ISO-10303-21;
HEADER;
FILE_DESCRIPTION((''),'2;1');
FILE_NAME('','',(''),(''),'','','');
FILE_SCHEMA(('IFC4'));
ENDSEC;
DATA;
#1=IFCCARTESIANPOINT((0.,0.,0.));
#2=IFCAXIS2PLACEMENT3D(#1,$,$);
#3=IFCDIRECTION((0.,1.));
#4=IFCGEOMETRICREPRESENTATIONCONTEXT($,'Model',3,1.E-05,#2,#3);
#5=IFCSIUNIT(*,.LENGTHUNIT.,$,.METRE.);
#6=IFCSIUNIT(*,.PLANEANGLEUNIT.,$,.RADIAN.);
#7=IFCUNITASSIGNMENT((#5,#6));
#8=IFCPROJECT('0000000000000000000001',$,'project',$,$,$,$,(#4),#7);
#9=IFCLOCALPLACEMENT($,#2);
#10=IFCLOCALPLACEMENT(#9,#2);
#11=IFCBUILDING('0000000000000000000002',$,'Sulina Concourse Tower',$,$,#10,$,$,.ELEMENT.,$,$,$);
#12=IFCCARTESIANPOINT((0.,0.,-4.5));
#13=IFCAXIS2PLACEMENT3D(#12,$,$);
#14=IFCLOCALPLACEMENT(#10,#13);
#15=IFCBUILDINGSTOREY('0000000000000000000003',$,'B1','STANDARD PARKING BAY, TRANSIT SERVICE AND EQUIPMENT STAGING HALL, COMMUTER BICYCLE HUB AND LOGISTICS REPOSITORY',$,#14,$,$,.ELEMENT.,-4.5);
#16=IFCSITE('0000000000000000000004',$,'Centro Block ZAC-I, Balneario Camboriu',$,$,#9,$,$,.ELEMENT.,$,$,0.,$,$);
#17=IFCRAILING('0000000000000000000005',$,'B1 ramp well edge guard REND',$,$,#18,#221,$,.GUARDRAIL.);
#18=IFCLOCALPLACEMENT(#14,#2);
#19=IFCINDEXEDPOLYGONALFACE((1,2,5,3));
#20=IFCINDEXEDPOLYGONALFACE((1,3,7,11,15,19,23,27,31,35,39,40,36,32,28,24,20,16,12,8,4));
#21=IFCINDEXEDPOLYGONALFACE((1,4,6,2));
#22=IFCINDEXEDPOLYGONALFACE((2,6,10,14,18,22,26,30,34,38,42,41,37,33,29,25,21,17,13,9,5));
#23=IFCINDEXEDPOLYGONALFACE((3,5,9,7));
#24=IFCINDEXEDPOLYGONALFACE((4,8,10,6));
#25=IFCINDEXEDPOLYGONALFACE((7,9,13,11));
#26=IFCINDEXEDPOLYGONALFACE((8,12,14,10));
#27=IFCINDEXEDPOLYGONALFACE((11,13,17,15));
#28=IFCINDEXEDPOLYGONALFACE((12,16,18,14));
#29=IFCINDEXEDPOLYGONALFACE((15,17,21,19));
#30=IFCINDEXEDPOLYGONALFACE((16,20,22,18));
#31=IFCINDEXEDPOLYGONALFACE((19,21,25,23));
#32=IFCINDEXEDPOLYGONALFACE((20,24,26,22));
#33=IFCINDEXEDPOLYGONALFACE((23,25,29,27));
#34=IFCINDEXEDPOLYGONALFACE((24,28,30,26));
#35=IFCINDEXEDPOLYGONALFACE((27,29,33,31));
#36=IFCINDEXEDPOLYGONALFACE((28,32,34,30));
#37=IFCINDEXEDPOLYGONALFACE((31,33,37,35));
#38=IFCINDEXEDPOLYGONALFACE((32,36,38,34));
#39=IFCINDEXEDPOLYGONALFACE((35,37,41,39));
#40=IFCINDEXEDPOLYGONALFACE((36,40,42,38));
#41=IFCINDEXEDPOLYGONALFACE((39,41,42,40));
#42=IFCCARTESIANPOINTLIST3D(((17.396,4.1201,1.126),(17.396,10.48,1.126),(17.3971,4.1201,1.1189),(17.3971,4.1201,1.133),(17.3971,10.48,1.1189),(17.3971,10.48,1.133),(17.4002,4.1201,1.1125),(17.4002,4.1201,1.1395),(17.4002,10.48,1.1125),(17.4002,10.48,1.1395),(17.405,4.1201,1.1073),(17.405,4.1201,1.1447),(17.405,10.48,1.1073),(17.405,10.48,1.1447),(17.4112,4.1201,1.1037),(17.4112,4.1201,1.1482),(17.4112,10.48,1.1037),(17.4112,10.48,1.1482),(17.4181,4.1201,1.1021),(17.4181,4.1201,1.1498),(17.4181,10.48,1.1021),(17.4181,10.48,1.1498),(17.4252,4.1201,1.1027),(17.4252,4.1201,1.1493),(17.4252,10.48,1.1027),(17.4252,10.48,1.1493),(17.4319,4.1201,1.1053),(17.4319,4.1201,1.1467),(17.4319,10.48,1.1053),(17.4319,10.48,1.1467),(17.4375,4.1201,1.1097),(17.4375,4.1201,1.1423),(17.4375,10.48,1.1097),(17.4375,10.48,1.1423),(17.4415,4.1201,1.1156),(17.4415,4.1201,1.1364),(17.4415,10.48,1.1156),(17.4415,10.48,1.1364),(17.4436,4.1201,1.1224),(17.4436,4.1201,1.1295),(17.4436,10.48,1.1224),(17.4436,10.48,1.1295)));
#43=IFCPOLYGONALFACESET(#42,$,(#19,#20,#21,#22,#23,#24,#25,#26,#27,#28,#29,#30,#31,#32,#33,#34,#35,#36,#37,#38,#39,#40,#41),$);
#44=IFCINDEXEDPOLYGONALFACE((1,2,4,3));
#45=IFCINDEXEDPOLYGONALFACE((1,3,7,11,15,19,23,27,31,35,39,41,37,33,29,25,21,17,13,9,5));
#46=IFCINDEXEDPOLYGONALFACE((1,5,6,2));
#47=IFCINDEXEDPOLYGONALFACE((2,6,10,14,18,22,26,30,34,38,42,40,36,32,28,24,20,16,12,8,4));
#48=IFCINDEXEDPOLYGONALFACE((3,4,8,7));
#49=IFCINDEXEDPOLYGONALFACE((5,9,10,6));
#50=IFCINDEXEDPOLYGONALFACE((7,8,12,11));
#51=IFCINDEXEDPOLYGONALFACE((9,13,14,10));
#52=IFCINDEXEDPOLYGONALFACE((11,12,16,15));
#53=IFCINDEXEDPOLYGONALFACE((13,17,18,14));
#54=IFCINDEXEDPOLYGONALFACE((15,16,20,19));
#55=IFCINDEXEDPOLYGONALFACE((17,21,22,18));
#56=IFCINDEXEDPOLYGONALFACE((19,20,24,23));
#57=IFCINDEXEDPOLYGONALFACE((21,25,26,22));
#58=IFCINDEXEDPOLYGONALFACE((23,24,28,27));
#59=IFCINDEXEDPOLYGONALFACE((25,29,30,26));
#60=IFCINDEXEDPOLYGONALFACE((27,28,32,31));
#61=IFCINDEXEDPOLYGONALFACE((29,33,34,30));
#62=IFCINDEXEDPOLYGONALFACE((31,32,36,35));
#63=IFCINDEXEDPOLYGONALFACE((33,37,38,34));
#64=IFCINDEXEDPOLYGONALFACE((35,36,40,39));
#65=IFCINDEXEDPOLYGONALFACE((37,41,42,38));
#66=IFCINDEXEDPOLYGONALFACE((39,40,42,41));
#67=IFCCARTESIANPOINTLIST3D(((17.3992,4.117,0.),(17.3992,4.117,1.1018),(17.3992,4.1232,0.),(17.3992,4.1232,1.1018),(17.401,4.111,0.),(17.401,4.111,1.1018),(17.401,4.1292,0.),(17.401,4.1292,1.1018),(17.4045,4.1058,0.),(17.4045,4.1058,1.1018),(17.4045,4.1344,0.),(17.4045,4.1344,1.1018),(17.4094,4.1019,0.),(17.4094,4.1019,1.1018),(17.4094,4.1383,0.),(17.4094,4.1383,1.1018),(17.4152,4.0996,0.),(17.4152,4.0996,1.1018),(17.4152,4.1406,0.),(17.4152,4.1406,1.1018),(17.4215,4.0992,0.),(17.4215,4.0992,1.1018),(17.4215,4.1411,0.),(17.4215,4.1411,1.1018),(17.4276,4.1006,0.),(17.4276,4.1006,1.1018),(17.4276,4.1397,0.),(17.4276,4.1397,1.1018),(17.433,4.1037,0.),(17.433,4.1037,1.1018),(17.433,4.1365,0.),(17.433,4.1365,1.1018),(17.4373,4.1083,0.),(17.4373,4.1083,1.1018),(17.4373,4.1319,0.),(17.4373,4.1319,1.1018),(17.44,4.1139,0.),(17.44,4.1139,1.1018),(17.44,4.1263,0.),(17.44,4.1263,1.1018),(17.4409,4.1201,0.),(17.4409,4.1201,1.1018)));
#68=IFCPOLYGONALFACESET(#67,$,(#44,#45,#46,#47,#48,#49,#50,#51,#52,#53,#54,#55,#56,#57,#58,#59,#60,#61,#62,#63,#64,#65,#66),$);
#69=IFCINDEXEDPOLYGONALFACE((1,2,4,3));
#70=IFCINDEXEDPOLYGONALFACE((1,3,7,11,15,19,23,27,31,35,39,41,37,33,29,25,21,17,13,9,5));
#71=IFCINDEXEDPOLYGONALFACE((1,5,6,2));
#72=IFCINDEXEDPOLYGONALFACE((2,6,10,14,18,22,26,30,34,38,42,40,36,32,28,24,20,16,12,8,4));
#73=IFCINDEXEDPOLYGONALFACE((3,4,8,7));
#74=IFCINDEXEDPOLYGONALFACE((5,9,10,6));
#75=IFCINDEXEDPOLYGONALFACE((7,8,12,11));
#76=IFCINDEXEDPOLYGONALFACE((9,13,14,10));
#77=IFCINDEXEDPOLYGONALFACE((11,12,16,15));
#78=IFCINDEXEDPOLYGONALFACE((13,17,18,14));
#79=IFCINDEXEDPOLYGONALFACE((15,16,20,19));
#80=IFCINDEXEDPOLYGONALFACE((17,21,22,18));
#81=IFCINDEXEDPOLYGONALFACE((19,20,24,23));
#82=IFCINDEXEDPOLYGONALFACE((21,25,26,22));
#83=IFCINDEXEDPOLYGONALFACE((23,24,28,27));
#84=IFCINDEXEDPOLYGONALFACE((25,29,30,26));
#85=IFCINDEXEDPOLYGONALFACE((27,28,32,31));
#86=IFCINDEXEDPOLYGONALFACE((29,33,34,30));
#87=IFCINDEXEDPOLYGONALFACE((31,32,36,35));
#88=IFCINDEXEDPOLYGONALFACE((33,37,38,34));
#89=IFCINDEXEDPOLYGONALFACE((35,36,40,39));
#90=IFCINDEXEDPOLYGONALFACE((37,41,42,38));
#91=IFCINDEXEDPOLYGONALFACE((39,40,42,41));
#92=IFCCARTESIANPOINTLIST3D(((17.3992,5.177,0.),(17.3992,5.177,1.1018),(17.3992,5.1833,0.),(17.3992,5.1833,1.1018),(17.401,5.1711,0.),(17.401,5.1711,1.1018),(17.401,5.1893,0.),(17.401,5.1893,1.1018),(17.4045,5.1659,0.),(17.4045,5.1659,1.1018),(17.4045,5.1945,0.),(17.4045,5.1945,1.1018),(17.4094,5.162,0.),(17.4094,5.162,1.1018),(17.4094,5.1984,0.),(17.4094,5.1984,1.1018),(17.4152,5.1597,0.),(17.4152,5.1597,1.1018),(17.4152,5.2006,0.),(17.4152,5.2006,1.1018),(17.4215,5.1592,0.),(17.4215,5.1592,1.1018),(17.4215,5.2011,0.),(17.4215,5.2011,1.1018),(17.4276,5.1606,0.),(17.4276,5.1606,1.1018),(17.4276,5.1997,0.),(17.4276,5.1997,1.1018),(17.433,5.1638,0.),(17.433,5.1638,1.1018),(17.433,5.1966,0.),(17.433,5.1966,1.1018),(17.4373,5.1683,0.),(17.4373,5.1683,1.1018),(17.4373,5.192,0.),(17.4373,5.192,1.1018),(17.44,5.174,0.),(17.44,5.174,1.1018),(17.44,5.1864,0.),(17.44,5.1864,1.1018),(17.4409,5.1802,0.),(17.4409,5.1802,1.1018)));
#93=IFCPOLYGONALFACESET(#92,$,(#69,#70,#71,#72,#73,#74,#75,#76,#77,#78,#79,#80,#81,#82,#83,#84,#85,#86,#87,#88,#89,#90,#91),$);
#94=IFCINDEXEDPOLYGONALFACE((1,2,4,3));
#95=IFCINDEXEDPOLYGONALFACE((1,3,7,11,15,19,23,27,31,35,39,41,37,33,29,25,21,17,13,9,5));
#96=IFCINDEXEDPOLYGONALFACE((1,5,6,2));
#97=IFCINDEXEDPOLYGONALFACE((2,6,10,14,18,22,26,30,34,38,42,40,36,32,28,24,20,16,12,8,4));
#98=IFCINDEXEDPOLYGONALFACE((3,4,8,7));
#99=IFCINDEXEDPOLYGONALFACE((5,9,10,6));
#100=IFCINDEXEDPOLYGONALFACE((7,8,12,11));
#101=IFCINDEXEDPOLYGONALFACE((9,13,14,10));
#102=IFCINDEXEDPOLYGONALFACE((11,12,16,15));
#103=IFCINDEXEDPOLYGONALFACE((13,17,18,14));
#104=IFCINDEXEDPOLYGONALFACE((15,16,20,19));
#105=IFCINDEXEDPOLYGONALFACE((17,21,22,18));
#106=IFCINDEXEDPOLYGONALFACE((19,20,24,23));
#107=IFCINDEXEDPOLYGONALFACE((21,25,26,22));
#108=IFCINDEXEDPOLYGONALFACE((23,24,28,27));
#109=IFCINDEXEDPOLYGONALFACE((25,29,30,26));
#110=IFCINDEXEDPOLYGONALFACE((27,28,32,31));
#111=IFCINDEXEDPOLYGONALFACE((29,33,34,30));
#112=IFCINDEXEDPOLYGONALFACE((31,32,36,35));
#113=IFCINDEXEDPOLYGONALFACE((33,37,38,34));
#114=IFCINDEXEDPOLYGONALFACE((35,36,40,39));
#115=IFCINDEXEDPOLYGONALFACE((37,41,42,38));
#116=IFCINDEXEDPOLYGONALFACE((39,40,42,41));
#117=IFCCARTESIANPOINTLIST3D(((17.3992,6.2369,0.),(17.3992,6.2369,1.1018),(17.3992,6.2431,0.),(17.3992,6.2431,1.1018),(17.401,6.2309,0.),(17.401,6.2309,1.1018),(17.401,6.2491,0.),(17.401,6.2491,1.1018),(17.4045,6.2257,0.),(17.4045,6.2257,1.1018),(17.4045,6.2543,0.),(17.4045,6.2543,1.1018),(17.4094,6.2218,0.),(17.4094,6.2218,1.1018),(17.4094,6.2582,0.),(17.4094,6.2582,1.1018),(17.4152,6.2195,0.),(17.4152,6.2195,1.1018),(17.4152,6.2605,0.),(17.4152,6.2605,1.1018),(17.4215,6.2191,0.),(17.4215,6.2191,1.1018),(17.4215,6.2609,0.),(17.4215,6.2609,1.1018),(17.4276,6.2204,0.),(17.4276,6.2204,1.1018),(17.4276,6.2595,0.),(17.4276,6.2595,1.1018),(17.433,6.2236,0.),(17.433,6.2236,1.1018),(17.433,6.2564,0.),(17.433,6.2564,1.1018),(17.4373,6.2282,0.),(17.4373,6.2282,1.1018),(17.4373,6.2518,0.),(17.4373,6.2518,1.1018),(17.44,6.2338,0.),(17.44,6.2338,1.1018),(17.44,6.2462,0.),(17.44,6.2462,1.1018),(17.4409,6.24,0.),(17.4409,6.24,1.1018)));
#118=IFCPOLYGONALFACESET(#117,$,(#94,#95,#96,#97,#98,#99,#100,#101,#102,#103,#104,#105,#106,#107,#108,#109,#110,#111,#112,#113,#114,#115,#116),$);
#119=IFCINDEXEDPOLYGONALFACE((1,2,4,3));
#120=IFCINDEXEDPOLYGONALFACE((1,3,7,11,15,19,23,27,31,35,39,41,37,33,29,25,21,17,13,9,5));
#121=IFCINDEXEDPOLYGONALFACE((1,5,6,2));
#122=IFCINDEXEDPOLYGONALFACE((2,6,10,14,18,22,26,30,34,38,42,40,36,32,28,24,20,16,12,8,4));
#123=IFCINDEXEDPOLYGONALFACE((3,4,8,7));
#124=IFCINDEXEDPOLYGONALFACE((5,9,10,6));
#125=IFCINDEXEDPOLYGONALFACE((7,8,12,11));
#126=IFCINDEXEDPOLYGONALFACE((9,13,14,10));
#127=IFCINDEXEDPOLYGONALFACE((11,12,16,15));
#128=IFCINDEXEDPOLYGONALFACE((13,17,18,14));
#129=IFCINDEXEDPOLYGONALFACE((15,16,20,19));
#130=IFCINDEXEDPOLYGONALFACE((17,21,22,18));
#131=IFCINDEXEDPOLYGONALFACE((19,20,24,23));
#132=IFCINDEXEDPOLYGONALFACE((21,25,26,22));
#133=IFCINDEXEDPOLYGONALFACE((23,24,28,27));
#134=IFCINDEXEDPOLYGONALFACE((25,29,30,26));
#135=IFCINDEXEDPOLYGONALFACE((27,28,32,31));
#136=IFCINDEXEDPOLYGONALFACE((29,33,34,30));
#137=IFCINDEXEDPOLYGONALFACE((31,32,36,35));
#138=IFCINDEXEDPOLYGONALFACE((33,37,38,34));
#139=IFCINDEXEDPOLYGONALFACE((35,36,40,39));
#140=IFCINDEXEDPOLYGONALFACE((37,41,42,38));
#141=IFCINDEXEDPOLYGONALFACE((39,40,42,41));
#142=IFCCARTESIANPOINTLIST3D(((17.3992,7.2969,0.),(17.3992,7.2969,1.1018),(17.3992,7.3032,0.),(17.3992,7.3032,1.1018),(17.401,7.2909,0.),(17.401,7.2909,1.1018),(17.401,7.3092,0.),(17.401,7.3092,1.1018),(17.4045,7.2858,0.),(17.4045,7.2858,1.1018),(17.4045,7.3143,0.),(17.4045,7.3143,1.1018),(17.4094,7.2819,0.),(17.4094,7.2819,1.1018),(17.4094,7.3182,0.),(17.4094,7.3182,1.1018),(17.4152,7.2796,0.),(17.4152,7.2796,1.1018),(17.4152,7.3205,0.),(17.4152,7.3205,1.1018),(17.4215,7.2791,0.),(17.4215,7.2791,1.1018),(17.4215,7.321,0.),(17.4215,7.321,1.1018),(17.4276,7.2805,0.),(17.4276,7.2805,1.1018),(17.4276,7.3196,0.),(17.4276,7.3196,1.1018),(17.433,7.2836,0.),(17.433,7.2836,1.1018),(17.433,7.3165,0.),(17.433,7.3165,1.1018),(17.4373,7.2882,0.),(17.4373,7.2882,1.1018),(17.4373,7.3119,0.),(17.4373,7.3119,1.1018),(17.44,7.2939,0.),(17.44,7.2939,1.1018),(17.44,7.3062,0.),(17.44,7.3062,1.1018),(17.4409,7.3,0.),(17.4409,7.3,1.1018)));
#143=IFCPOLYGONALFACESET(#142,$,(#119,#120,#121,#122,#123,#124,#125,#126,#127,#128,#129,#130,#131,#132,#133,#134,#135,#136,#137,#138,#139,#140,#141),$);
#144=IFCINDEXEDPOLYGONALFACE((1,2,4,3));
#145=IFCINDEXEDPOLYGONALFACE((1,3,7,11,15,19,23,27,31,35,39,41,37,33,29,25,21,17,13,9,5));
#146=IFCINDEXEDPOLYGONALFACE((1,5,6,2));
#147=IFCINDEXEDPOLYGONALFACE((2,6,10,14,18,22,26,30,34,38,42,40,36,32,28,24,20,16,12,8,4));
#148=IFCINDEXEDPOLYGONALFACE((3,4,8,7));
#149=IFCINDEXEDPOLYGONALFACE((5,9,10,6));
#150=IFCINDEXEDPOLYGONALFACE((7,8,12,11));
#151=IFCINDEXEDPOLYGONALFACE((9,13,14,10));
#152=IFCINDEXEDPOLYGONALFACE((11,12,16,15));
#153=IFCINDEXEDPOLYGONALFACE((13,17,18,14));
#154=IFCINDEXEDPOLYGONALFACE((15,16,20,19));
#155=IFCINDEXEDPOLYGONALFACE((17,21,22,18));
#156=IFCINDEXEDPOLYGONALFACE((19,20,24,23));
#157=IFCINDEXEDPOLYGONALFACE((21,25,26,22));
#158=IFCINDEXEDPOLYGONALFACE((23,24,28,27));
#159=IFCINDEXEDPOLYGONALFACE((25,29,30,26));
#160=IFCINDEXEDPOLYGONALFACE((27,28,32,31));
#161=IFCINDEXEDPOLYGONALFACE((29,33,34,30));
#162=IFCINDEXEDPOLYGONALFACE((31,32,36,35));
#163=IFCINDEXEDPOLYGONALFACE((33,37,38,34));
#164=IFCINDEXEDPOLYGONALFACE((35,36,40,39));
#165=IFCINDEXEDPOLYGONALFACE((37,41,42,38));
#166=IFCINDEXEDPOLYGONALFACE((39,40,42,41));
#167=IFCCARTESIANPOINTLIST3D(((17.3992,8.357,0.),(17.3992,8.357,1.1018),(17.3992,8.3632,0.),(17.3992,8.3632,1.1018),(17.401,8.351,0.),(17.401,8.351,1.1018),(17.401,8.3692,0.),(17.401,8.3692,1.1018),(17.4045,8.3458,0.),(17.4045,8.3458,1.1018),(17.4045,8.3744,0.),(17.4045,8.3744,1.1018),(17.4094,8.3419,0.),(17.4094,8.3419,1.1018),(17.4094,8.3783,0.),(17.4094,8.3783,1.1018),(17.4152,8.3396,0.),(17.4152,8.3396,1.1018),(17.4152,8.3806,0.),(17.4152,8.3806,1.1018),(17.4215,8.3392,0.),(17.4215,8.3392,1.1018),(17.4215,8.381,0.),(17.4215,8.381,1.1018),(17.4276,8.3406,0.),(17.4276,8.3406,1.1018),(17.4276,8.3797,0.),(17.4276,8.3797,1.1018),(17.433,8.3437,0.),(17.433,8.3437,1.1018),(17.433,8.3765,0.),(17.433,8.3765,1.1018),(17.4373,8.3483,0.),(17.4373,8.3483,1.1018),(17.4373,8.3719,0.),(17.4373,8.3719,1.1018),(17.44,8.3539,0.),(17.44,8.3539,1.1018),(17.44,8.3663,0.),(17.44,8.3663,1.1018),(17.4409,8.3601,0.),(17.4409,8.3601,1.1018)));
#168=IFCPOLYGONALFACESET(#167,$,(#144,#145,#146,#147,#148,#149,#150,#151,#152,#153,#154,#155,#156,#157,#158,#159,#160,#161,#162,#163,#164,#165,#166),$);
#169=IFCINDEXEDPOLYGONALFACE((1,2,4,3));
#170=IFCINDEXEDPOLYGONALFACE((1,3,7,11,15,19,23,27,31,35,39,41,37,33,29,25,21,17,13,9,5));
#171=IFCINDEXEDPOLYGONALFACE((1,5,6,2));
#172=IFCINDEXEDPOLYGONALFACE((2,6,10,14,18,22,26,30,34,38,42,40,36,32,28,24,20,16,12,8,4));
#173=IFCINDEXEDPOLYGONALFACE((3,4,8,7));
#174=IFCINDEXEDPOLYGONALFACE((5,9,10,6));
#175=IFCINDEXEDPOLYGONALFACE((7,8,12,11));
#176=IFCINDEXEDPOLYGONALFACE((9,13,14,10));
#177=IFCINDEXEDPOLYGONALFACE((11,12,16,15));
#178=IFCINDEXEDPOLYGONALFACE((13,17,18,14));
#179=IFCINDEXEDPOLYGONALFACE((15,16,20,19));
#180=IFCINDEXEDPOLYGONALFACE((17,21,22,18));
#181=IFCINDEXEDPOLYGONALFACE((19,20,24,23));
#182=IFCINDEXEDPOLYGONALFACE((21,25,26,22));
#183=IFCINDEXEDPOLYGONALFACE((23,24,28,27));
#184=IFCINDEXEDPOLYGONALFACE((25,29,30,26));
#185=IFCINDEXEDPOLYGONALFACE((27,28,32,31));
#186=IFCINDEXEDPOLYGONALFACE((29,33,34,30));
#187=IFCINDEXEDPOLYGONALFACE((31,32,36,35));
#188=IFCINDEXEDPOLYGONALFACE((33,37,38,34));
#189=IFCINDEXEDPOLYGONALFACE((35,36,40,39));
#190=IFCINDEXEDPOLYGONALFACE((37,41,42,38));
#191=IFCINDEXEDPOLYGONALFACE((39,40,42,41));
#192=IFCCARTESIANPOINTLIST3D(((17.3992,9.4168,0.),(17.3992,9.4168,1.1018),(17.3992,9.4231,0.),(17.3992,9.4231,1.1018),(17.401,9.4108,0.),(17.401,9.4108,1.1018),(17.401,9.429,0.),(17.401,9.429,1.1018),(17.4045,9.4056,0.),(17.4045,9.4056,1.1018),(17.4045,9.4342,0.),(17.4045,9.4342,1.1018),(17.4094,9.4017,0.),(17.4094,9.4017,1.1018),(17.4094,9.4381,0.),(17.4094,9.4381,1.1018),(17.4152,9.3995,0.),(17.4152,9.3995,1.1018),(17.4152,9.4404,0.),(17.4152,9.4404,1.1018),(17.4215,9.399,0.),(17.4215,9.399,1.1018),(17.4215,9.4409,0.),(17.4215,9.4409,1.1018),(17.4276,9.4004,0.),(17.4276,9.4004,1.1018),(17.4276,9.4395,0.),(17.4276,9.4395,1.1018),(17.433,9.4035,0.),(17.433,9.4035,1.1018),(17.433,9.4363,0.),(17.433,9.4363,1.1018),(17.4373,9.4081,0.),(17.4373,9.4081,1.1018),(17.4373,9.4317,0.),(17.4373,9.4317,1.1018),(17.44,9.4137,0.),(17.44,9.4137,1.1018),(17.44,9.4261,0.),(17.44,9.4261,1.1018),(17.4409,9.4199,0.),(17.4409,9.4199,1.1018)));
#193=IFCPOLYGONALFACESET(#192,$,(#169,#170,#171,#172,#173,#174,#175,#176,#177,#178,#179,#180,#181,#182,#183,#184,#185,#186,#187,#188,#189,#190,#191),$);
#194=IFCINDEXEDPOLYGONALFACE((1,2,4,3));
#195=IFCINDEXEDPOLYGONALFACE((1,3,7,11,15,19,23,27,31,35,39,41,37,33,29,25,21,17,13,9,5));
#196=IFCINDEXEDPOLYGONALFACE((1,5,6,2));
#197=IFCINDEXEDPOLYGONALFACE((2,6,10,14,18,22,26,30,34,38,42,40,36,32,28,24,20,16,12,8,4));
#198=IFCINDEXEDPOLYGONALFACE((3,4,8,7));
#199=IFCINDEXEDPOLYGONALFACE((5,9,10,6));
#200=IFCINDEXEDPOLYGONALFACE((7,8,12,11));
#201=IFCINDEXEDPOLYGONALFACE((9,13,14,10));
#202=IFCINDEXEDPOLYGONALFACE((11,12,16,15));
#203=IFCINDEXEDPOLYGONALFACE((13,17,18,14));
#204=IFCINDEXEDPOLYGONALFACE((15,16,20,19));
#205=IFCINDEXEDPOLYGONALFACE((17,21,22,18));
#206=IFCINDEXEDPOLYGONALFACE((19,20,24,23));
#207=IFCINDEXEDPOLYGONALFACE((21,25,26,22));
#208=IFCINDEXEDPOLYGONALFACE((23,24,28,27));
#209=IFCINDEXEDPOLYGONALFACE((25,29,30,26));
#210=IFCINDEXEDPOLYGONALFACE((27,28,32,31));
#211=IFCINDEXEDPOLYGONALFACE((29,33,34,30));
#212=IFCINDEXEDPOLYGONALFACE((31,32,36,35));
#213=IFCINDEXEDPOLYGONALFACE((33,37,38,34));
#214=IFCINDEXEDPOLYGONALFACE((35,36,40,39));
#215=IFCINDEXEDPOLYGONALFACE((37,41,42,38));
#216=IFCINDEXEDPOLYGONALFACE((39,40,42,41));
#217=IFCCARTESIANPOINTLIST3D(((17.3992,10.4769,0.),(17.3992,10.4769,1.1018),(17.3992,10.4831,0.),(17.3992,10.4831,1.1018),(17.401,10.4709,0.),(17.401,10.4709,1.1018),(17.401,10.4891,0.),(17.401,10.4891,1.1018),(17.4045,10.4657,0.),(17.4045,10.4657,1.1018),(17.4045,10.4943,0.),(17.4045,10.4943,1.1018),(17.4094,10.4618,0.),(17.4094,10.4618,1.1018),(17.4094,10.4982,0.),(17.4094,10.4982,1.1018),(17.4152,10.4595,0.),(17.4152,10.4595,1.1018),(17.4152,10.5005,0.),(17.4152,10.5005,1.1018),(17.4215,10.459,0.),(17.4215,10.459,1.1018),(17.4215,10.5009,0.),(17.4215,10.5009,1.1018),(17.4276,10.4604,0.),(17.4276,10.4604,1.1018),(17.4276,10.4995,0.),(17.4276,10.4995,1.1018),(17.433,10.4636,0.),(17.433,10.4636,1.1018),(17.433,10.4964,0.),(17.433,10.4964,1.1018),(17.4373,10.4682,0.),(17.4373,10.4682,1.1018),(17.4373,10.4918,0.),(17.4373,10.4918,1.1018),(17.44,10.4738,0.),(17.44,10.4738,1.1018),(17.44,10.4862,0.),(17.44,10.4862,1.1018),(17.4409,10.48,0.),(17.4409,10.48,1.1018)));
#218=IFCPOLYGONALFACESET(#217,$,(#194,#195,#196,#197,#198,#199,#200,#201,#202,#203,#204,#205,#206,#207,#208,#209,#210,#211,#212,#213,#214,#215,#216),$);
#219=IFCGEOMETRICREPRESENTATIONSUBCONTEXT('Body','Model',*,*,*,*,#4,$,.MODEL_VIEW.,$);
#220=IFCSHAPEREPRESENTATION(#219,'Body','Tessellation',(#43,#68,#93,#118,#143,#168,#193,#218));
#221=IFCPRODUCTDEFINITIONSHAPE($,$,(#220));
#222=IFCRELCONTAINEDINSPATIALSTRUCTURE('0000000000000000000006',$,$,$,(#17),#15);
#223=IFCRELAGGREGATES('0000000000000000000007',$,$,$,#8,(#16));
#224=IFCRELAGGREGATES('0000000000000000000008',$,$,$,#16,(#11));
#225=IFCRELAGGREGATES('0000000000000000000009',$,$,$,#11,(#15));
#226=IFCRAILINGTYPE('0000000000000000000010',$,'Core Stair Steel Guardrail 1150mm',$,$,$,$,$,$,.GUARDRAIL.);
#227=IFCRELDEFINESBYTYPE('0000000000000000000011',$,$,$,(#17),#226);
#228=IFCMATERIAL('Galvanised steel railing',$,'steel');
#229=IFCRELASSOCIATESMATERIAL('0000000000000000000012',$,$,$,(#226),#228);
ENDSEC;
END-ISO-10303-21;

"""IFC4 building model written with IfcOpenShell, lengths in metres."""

from ifc_helpers import new_model, si_unit, direction, frame, origin, origin_2d, place, context, subcontext, project, spatial, circle, extrude, material, type_object, element, save


model = new_model("IFC4")

# Units and contexts
model_context = context("Model", 3, precision=1e-05, world=origin(), true_north=direction((0.0, 1.0)))
body_context = subcontext(model_context, "Body", "Model", "MODEL_VIEW")
ifc_project = project(units=[si_unit("LENGTHUNIT", "METRE"), si_unit("PLANEANGLEUNIT", "RADIAN")], contexts=[model_context])

# Site, building, storey
site_placement = place(None, origin())
site = spatial("IfcSite", under=ifc_project, at=site_placement, Name="Centro Block ZAC-I, Balneario Camboriu", CompositionType="ELEMENT", RefElevation=0.0)
building_placement = place(site_placement, origin())
building = spatial("IfcBuilding", under=site, at=building_placement, Name="Sulina Concourse Tower", CompositionType="ELEMENT")
storey_placement = place(building_placement, frame((0.0, 0.0, -4.5)))
storey = spatial("IfcBuildingStorey", under=building, at=storey_placement, Name="B1", Description="STANDARD PARKING BAY, TRANSIT SERVICE AND EQUIPMENT STAGING HALL, COMMUTER BICYCLE HUB AND LOGISTICS REPOSITORY", CompositionType="ELEMENT", Elevation=-4.5)

# Railing
ifc_material_1 = material(Name="Galvanised steel railing", Category="steel")
railing_type = type_object("IfcRailingType", Name="Core Stair Steel Guardrail 1150mm", PredefinedType="GUARDRAIL", material=ifc_material_1)
railing_1_placement = place(storey_placement, frame((17.4199, 4.1201, 0.0)))
element("IfcRailing", 1, at=railing_1_placement, inside=storey, type_object=railing_type, Name="B1 ramp well edge guard REND", PredefinedType="GUARDRAIL", context=body_context, shape_type="SweptSolid", body=[
    extrude(circle(Radius=0.0239, at=origin_2d()), frame((0.0, 0.0, 1.126), z_axis=(0.0, 1.0, 0.0), x_axis=(-1.0, 0.0, 0.0)), (0.0, 0.0, 1.0), 6.3599),
    extrude(circle(Radius=0.021, at=origin_2d()), origin(), (0.0, 0.0, 1.0), 1.1018),
    extrude(circle(Radius=0.021, at=origin_2d()), frame((0.0, 1.0601, 0.0)), (0.0, 0.0, 1.0), 1.1018),
    extrude(circle(Radius=0.021, at=origin_2d()), frame((0.0, 2.1199, 0.0)), (0.0, 0.0, 1.0), 1.1018),
    extrude(circle(Radius=0.021, at=origin_2d()), frame((0.0, 3.1799, 0.0)), (0.0, 0.0, 1.0), 1.1018),
    extrude(circle(Radius=0.021, at=origin_2d()), frame((0.0, 4.24, 0.0)), (0.0, 0.0, 1.0), 1.1018),
    extrude(circle(Radius=0.021, at=origin_2d()), frame((0.0, 5.2998, 0.0)), (0.0, 0.0, 1.0), 1.1018),
    extrude(circle(Radius=0.021, at=origin_2d()), frame((0.0, 6.3599, 0.0)), (0.0, 0.0, 1.0), 1.1018),
])

save(model, "model.ifc")
